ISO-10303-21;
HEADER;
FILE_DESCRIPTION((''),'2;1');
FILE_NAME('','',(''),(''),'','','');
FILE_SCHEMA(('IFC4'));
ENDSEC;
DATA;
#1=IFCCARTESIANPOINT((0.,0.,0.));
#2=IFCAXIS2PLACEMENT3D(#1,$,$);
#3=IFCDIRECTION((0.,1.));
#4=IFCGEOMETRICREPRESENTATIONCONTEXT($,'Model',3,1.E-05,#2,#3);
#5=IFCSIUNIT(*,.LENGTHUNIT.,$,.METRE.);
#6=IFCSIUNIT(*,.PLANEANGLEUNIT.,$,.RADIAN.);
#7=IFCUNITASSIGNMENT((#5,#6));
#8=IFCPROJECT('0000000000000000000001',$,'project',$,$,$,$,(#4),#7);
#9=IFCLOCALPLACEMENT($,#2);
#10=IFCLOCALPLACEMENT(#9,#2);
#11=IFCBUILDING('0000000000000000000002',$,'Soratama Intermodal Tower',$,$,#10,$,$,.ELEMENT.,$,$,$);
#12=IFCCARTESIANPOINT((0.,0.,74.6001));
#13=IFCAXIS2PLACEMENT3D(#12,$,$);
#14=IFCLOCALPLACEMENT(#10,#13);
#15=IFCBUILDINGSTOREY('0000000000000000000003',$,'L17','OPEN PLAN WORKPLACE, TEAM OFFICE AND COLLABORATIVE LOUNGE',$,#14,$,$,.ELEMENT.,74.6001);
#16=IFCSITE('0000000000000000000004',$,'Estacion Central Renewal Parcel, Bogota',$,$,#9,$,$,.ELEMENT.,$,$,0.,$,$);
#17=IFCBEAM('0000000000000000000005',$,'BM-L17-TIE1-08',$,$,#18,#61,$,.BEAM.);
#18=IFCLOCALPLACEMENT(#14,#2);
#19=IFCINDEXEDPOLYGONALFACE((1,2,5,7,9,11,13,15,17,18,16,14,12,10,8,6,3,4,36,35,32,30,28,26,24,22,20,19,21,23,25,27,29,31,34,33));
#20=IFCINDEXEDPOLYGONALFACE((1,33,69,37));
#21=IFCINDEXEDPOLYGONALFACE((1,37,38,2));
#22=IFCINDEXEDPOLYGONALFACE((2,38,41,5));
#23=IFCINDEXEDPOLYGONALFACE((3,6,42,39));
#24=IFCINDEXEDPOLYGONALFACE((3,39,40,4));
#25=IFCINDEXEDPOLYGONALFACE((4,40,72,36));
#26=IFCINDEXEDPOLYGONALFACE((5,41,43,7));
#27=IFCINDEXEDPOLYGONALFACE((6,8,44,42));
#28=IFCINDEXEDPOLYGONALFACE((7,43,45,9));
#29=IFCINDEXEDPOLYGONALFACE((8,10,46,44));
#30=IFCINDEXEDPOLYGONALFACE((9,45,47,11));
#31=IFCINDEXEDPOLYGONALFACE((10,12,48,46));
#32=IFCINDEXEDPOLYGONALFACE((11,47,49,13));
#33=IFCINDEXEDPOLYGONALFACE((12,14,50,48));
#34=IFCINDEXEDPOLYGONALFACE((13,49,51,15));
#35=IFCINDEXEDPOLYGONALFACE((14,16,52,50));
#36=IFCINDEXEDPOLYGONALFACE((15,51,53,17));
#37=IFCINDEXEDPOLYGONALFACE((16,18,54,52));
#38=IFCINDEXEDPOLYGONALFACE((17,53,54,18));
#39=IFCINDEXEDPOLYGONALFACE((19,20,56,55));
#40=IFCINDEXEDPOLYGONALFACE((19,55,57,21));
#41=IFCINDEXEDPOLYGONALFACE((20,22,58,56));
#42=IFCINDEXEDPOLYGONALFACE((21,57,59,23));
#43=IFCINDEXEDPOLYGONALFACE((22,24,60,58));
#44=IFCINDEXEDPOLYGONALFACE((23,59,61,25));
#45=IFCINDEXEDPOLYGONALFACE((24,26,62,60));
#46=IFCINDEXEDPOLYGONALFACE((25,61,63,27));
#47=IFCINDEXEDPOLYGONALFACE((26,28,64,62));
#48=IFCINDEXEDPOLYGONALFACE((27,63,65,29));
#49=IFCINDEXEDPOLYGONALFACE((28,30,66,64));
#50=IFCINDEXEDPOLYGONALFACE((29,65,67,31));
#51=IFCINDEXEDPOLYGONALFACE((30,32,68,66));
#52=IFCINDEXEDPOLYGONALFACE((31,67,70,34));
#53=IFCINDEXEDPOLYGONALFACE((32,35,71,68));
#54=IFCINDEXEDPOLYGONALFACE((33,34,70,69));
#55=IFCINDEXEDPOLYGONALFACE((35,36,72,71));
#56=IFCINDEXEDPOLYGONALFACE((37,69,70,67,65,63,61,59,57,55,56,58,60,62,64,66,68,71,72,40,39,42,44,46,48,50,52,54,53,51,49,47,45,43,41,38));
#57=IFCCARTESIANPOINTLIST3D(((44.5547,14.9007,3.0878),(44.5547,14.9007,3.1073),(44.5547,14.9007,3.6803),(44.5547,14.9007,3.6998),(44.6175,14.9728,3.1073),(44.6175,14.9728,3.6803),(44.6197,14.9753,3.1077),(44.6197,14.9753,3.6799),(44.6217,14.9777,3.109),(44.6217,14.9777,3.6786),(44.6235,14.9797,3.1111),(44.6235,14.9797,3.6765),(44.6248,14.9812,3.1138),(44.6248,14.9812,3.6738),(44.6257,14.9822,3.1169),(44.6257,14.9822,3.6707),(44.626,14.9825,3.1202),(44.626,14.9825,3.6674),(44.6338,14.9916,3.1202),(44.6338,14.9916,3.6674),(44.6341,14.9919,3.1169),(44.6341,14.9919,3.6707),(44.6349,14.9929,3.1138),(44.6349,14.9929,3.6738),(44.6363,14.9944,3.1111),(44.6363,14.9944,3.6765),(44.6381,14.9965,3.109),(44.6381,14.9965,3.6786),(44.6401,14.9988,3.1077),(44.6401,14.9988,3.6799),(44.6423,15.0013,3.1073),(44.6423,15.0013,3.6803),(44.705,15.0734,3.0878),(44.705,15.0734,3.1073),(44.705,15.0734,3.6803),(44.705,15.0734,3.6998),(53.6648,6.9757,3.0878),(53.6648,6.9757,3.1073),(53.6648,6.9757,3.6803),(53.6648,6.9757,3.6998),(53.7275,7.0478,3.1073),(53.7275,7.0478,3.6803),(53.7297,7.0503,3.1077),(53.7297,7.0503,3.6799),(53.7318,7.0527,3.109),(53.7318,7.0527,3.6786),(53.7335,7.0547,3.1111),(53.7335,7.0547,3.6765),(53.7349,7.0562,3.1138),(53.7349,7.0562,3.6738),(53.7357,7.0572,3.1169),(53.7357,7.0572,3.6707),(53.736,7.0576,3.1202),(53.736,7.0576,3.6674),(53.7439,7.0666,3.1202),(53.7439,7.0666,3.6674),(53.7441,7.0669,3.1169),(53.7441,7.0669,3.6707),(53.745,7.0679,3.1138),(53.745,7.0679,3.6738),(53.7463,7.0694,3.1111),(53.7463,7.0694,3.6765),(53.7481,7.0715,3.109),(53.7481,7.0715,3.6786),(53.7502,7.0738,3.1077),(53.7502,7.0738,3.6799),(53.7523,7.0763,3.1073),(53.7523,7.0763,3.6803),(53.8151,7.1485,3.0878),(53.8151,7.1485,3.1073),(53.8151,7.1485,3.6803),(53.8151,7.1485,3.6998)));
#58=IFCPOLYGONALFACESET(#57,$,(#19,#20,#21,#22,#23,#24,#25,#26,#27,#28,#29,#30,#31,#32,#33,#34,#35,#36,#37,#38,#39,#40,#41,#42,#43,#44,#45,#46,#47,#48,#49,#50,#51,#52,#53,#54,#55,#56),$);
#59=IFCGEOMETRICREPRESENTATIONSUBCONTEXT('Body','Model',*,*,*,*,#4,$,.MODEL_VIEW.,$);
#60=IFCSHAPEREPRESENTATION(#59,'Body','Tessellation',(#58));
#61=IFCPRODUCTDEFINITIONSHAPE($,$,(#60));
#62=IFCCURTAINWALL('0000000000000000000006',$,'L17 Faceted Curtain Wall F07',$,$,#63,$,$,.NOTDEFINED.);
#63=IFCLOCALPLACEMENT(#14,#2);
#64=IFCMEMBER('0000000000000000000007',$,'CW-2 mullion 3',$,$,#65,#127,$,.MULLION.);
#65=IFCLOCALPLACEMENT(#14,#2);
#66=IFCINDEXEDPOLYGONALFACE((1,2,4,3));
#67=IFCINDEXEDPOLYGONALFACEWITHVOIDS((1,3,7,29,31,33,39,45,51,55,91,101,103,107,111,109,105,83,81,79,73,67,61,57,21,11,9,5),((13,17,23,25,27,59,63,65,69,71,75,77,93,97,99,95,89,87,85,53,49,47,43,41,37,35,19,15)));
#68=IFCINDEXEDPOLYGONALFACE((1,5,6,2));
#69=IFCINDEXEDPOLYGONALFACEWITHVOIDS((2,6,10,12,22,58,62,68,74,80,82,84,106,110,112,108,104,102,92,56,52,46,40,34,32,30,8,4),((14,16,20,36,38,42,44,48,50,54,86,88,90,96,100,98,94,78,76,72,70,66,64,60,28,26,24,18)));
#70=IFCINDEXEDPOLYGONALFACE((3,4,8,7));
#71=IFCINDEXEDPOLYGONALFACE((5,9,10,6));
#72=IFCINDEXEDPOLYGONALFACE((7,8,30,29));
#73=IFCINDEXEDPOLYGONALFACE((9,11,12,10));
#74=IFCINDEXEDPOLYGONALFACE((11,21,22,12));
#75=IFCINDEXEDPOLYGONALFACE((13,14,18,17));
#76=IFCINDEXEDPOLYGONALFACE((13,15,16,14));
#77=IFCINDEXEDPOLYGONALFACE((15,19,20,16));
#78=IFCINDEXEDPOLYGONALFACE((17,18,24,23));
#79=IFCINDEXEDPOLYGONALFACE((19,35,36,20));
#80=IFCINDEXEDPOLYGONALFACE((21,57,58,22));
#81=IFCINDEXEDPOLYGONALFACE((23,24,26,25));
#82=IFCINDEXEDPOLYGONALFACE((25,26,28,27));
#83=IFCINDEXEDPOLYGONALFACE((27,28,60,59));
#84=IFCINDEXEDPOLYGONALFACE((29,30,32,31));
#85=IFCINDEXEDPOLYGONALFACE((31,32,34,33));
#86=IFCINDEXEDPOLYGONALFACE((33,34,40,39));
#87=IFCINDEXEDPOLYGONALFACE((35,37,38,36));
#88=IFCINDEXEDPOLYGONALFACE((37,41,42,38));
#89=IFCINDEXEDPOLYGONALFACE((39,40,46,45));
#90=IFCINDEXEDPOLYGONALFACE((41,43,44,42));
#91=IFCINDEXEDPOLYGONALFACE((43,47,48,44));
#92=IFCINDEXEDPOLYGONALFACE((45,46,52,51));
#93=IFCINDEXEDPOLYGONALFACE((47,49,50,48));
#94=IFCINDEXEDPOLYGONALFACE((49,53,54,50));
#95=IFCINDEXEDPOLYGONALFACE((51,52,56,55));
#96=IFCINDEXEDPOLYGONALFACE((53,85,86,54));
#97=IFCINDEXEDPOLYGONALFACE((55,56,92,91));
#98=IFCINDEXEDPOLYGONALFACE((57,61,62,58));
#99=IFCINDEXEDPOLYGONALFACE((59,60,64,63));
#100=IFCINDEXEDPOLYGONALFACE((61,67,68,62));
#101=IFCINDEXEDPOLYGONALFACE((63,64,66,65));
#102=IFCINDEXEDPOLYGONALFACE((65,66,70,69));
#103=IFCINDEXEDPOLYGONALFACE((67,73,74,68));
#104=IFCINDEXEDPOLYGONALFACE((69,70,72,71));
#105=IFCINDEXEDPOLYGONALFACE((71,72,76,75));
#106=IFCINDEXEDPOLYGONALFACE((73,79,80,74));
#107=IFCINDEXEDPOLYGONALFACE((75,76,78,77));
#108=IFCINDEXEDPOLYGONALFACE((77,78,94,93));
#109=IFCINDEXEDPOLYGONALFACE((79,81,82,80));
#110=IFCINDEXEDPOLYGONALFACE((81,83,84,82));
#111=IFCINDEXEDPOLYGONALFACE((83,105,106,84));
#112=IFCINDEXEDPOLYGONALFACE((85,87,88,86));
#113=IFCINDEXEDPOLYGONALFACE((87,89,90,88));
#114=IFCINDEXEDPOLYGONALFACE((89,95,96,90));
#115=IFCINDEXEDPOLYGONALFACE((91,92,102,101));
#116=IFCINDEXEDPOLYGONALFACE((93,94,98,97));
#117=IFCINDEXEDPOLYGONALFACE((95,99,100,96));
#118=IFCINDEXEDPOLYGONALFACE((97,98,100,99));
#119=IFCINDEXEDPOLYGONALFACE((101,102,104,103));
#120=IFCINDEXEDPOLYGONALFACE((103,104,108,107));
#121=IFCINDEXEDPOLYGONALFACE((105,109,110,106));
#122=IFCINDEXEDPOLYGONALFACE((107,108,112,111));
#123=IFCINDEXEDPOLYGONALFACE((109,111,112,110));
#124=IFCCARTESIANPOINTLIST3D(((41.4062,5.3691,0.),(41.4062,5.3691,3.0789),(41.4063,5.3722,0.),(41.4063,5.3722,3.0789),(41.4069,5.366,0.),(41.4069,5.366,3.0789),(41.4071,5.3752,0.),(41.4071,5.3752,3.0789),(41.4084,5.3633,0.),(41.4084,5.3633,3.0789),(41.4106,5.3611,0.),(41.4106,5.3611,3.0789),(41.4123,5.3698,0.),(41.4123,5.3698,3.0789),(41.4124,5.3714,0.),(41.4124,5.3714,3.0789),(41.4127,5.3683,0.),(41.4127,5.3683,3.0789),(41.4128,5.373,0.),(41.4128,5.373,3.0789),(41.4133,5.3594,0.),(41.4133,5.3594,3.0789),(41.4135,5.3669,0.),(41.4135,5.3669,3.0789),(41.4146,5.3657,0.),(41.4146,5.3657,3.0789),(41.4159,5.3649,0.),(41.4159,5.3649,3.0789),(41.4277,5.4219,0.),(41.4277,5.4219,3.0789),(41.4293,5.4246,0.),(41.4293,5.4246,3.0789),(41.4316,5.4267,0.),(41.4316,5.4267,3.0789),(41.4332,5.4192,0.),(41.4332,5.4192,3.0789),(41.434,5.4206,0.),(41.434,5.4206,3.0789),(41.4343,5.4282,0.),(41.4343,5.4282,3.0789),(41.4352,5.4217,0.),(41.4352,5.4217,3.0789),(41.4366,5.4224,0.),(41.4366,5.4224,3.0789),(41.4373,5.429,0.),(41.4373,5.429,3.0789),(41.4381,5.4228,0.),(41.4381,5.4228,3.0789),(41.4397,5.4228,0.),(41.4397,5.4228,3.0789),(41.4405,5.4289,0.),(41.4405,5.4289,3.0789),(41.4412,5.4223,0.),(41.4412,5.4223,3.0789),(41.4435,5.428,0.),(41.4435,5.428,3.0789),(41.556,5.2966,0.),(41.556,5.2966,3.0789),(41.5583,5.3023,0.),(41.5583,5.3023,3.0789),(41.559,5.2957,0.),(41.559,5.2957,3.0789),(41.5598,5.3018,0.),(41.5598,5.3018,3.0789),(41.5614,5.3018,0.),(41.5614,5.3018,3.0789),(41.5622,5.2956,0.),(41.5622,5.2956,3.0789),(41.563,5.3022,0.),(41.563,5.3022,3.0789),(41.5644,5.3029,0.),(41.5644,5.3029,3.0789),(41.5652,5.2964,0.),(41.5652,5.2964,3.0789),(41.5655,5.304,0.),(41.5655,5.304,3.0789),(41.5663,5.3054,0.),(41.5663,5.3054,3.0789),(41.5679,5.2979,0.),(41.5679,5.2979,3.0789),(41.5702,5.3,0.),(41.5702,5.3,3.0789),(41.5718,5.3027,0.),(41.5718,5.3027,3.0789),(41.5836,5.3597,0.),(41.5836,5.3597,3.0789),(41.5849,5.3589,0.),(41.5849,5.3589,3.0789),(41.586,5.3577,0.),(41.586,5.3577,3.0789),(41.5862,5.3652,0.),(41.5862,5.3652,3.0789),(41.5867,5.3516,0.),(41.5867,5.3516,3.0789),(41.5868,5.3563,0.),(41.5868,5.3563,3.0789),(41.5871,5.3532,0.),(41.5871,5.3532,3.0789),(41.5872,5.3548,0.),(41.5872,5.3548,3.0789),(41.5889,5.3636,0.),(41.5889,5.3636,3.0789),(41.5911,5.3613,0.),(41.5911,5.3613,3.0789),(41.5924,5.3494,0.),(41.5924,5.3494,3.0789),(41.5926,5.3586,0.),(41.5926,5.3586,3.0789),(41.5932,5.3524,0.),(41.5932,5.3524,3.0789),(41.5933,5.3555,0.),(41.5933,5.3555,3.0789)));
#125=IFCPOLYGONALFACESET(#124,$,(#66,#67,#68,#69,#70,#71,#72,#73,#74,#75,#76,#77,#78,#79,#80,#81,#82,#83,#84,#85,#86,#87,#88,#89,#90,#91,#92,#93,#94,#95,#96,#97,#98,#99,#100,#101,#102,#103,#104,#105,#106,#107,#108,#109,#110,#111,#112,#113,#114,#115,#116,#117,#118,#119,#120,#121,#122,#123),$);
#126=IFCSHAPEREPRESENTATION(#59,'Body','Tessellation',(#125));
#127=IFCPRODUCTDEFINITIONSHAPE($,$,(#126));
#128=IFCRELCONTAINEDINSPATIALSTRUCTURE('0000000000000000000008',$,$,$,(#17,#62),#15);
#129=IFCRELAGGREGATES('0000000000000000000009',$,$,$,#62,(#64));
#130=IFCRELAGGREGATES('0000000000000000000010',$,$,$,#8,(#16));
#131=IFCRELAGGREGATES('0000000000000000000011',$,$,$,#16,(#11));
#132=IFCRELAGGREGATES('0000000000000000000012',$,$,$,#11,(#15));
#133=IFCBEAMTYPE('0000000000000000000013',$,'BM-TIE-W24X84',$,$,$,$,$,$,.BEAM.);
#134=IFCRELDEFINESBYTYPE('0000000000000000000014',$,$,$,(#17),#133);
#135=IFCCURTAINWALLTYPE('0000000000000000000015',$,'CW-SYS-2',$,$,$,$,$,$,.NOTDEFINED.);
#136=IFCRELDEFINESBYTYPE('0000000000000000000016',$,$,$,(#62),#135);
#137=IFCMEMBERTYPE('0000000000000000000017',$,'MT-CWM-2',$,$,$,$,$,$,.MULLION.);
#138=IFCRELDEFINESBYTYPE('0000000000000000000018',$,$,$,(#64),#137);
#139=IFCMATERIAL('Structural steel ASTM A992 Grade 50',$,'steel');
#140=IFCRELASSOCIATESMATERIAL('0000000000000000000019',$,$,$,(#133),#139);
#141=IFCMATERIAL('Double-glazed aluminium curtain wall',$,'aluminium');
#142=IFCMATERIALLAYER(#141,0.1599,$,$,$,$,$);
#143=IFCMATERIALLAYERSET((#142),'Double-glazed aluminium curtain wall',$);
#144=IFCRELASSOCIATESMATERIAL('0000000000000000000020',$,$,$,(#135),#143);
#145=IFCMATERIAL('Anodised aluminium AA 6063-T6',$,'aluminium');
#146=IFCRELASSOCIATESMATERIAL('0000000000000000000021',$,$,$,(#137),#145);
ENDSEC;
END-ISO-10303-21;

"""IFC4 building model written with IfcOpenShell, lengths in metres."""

from ifc_helpers import new_model, si_unit, direction, frame, origin, origin_2d, place, context, subcontext, project, spatial, hollow_rectangle, i_section, extrude, material, layer, layer_set, material_profile, profile_set, type_object, element, aggregate, save


model = new_model("IFC4")

# Units and contexts
model_context = context("Model", 3, precision=1e-05, world=origin(), true_north=direction((0.0, 1.0)))
body_context = subcontext(model_context, "Body", "Model", "MODEL_VIEW")
ifc_project = project(units=[si_unit("LENGTHUNIT", "METRE"), si_unit("PLANEANGLEUNIT", "RADIAN")], contexts=[model_context])

# Site, building, storey
site_placement = place(None, origin())
site = spatial("IfcSite", under=ifc_project, at=site_placement, Name="Estacion Central Renewal Parcel, Bogota", CompositionType="ELEMENT", RefElevation=0.0)
building_placement = place(site_placement, origin())
building = spatial("IfcBuilding", under=site, at=building_placement, Name="Soratama Intermodal Tower", CompositionType="ELEMENT")
storey_placement = place(building_placement, frame((0.0, 0.0, 74.6001)))
storey = spatial("IfcBuildingStorey", under=building, at=storey_placement, Name="L17", Description="OPEN PLAN WORKPLACE, TEAM OFFICE AND COLLABORATIVE LOUNGE", CompositionType="ELEMENT", Elevation=74.6001)

# Beam
ifc_material_1 = material(Name="Structural steel ASTM A992 Grade 50", Category="steel")
ifc_material_profile_1 = material_profile(ifc_material_1, i_section(OverallWidth=0.229, OverallDepth=0.6121, WebThickness=0.012, FlangeThickness=0.0195, FilletRadius=0.0129, at=origin_2d()), Name="W24X84")
ifc_profile_set_1 = profile_set([ifc_material_profile_1], Name="Structural steel ASTM A992 Grade 50")
beam_type_1 = type_object("IfcBeamType", Name="BM-TIE-W24X84", PredefinedType="BEAM", material=ifc_profile_set_1)
beam_1_placement = place(storey_placement, frame((44.6299, 14.9871, 3.3938), z_axis=(0.754474, -0.65633, 0.0), x_axis=(0.65633, 0.754474, 0.0)))
element("IfcBeam", 1, at=beam_1_placement, inside=storey, type_object=beam_type_1, Name="BM-L17-TIE1-08", PredefinedType="BEAM", context=body_context, shape_type="SweptSolid", body=[
    extrude(i_section(OverallWidth=0.229, OverallDepth=0.6121, WebThickness=0.012, FlangeThickness=0.0195, FilletRadius=0.0129, at=origin_2d()), origin(), (0.0, 0.0, 1.0), 12.0747),
])

# Curtain wall, member
ifc_material_2 = material(Name="Double-glazed aluminium curtain wall", Category="aluminium")
ifc_layer_1 = layer(ifc_material_2, 0.1599)
ifc_layer_set_1 = layer_set([ifc_layer_1], Name="Double-glazed aluminium curtain wall")
curtain_wall_type = type_object("IfcCurtainWallType", Name="CW-SYS-2", PredefinedType="NOTDEFINED", material=ifc_layer_set_1)
curtain_wall_placement = place(storey_placement, origin())
curtain_wall = element("IfcCurtainWall", 2, at=curtain_wall_placement, inside=storey, type_object=curtain_wall_type, Name="L17 Faceted Curtain Wall F07", PredefinedType="NOTDEFINED")
ifc_material_3 = material(Name="Anodised aluminium AA 6063-T6", Category="aluminium")
ifc_material_profile_2 = material_profile(ifc_material_3, hollow_rectangle(XDim=0.075, YDim=0.1799, WallThickness=0.0061, InnerFilletRadius=0.0061, OuterFilletRadius=0.012, at=origin_2d()), Name="CWM180X75X6")
ifc_profile_set_2 = profile_set([ifc_material_profile_2], Name="Anodised aluminium AA 6063-T6")
member_type = type_object("IfcMemberType", Name="MT-CWM-2", PredefinedType="MULLION", material=ifc_profile_set_2)
member_placement = place(storey_placement, frame((41.4998, 5.3623, 0.0), z_axis=(0.0, 0.0, 1.0), x_axis=(0.402904, 0.915242, 0.0)))
member = element("IfcMember", 3, at=member_placement, type_object=member_type, Name="CW-2 mullion 3", PredefinedType="MULLION", context=body_context, shape_type="SweptSolid", body=[
    extrude(hollow_rectangle(XDim=0.075, YDim=0.1799, WallThickness=0.0061, InnerFilletRadius=0.0061, OuterFilletRadius=0.012, at=origin_2d()), origin(), (0.0, 0.0, 1.0), 3.0789),
])
aggregate(curtain_wall, [member])

save(model, "model.ifc")
